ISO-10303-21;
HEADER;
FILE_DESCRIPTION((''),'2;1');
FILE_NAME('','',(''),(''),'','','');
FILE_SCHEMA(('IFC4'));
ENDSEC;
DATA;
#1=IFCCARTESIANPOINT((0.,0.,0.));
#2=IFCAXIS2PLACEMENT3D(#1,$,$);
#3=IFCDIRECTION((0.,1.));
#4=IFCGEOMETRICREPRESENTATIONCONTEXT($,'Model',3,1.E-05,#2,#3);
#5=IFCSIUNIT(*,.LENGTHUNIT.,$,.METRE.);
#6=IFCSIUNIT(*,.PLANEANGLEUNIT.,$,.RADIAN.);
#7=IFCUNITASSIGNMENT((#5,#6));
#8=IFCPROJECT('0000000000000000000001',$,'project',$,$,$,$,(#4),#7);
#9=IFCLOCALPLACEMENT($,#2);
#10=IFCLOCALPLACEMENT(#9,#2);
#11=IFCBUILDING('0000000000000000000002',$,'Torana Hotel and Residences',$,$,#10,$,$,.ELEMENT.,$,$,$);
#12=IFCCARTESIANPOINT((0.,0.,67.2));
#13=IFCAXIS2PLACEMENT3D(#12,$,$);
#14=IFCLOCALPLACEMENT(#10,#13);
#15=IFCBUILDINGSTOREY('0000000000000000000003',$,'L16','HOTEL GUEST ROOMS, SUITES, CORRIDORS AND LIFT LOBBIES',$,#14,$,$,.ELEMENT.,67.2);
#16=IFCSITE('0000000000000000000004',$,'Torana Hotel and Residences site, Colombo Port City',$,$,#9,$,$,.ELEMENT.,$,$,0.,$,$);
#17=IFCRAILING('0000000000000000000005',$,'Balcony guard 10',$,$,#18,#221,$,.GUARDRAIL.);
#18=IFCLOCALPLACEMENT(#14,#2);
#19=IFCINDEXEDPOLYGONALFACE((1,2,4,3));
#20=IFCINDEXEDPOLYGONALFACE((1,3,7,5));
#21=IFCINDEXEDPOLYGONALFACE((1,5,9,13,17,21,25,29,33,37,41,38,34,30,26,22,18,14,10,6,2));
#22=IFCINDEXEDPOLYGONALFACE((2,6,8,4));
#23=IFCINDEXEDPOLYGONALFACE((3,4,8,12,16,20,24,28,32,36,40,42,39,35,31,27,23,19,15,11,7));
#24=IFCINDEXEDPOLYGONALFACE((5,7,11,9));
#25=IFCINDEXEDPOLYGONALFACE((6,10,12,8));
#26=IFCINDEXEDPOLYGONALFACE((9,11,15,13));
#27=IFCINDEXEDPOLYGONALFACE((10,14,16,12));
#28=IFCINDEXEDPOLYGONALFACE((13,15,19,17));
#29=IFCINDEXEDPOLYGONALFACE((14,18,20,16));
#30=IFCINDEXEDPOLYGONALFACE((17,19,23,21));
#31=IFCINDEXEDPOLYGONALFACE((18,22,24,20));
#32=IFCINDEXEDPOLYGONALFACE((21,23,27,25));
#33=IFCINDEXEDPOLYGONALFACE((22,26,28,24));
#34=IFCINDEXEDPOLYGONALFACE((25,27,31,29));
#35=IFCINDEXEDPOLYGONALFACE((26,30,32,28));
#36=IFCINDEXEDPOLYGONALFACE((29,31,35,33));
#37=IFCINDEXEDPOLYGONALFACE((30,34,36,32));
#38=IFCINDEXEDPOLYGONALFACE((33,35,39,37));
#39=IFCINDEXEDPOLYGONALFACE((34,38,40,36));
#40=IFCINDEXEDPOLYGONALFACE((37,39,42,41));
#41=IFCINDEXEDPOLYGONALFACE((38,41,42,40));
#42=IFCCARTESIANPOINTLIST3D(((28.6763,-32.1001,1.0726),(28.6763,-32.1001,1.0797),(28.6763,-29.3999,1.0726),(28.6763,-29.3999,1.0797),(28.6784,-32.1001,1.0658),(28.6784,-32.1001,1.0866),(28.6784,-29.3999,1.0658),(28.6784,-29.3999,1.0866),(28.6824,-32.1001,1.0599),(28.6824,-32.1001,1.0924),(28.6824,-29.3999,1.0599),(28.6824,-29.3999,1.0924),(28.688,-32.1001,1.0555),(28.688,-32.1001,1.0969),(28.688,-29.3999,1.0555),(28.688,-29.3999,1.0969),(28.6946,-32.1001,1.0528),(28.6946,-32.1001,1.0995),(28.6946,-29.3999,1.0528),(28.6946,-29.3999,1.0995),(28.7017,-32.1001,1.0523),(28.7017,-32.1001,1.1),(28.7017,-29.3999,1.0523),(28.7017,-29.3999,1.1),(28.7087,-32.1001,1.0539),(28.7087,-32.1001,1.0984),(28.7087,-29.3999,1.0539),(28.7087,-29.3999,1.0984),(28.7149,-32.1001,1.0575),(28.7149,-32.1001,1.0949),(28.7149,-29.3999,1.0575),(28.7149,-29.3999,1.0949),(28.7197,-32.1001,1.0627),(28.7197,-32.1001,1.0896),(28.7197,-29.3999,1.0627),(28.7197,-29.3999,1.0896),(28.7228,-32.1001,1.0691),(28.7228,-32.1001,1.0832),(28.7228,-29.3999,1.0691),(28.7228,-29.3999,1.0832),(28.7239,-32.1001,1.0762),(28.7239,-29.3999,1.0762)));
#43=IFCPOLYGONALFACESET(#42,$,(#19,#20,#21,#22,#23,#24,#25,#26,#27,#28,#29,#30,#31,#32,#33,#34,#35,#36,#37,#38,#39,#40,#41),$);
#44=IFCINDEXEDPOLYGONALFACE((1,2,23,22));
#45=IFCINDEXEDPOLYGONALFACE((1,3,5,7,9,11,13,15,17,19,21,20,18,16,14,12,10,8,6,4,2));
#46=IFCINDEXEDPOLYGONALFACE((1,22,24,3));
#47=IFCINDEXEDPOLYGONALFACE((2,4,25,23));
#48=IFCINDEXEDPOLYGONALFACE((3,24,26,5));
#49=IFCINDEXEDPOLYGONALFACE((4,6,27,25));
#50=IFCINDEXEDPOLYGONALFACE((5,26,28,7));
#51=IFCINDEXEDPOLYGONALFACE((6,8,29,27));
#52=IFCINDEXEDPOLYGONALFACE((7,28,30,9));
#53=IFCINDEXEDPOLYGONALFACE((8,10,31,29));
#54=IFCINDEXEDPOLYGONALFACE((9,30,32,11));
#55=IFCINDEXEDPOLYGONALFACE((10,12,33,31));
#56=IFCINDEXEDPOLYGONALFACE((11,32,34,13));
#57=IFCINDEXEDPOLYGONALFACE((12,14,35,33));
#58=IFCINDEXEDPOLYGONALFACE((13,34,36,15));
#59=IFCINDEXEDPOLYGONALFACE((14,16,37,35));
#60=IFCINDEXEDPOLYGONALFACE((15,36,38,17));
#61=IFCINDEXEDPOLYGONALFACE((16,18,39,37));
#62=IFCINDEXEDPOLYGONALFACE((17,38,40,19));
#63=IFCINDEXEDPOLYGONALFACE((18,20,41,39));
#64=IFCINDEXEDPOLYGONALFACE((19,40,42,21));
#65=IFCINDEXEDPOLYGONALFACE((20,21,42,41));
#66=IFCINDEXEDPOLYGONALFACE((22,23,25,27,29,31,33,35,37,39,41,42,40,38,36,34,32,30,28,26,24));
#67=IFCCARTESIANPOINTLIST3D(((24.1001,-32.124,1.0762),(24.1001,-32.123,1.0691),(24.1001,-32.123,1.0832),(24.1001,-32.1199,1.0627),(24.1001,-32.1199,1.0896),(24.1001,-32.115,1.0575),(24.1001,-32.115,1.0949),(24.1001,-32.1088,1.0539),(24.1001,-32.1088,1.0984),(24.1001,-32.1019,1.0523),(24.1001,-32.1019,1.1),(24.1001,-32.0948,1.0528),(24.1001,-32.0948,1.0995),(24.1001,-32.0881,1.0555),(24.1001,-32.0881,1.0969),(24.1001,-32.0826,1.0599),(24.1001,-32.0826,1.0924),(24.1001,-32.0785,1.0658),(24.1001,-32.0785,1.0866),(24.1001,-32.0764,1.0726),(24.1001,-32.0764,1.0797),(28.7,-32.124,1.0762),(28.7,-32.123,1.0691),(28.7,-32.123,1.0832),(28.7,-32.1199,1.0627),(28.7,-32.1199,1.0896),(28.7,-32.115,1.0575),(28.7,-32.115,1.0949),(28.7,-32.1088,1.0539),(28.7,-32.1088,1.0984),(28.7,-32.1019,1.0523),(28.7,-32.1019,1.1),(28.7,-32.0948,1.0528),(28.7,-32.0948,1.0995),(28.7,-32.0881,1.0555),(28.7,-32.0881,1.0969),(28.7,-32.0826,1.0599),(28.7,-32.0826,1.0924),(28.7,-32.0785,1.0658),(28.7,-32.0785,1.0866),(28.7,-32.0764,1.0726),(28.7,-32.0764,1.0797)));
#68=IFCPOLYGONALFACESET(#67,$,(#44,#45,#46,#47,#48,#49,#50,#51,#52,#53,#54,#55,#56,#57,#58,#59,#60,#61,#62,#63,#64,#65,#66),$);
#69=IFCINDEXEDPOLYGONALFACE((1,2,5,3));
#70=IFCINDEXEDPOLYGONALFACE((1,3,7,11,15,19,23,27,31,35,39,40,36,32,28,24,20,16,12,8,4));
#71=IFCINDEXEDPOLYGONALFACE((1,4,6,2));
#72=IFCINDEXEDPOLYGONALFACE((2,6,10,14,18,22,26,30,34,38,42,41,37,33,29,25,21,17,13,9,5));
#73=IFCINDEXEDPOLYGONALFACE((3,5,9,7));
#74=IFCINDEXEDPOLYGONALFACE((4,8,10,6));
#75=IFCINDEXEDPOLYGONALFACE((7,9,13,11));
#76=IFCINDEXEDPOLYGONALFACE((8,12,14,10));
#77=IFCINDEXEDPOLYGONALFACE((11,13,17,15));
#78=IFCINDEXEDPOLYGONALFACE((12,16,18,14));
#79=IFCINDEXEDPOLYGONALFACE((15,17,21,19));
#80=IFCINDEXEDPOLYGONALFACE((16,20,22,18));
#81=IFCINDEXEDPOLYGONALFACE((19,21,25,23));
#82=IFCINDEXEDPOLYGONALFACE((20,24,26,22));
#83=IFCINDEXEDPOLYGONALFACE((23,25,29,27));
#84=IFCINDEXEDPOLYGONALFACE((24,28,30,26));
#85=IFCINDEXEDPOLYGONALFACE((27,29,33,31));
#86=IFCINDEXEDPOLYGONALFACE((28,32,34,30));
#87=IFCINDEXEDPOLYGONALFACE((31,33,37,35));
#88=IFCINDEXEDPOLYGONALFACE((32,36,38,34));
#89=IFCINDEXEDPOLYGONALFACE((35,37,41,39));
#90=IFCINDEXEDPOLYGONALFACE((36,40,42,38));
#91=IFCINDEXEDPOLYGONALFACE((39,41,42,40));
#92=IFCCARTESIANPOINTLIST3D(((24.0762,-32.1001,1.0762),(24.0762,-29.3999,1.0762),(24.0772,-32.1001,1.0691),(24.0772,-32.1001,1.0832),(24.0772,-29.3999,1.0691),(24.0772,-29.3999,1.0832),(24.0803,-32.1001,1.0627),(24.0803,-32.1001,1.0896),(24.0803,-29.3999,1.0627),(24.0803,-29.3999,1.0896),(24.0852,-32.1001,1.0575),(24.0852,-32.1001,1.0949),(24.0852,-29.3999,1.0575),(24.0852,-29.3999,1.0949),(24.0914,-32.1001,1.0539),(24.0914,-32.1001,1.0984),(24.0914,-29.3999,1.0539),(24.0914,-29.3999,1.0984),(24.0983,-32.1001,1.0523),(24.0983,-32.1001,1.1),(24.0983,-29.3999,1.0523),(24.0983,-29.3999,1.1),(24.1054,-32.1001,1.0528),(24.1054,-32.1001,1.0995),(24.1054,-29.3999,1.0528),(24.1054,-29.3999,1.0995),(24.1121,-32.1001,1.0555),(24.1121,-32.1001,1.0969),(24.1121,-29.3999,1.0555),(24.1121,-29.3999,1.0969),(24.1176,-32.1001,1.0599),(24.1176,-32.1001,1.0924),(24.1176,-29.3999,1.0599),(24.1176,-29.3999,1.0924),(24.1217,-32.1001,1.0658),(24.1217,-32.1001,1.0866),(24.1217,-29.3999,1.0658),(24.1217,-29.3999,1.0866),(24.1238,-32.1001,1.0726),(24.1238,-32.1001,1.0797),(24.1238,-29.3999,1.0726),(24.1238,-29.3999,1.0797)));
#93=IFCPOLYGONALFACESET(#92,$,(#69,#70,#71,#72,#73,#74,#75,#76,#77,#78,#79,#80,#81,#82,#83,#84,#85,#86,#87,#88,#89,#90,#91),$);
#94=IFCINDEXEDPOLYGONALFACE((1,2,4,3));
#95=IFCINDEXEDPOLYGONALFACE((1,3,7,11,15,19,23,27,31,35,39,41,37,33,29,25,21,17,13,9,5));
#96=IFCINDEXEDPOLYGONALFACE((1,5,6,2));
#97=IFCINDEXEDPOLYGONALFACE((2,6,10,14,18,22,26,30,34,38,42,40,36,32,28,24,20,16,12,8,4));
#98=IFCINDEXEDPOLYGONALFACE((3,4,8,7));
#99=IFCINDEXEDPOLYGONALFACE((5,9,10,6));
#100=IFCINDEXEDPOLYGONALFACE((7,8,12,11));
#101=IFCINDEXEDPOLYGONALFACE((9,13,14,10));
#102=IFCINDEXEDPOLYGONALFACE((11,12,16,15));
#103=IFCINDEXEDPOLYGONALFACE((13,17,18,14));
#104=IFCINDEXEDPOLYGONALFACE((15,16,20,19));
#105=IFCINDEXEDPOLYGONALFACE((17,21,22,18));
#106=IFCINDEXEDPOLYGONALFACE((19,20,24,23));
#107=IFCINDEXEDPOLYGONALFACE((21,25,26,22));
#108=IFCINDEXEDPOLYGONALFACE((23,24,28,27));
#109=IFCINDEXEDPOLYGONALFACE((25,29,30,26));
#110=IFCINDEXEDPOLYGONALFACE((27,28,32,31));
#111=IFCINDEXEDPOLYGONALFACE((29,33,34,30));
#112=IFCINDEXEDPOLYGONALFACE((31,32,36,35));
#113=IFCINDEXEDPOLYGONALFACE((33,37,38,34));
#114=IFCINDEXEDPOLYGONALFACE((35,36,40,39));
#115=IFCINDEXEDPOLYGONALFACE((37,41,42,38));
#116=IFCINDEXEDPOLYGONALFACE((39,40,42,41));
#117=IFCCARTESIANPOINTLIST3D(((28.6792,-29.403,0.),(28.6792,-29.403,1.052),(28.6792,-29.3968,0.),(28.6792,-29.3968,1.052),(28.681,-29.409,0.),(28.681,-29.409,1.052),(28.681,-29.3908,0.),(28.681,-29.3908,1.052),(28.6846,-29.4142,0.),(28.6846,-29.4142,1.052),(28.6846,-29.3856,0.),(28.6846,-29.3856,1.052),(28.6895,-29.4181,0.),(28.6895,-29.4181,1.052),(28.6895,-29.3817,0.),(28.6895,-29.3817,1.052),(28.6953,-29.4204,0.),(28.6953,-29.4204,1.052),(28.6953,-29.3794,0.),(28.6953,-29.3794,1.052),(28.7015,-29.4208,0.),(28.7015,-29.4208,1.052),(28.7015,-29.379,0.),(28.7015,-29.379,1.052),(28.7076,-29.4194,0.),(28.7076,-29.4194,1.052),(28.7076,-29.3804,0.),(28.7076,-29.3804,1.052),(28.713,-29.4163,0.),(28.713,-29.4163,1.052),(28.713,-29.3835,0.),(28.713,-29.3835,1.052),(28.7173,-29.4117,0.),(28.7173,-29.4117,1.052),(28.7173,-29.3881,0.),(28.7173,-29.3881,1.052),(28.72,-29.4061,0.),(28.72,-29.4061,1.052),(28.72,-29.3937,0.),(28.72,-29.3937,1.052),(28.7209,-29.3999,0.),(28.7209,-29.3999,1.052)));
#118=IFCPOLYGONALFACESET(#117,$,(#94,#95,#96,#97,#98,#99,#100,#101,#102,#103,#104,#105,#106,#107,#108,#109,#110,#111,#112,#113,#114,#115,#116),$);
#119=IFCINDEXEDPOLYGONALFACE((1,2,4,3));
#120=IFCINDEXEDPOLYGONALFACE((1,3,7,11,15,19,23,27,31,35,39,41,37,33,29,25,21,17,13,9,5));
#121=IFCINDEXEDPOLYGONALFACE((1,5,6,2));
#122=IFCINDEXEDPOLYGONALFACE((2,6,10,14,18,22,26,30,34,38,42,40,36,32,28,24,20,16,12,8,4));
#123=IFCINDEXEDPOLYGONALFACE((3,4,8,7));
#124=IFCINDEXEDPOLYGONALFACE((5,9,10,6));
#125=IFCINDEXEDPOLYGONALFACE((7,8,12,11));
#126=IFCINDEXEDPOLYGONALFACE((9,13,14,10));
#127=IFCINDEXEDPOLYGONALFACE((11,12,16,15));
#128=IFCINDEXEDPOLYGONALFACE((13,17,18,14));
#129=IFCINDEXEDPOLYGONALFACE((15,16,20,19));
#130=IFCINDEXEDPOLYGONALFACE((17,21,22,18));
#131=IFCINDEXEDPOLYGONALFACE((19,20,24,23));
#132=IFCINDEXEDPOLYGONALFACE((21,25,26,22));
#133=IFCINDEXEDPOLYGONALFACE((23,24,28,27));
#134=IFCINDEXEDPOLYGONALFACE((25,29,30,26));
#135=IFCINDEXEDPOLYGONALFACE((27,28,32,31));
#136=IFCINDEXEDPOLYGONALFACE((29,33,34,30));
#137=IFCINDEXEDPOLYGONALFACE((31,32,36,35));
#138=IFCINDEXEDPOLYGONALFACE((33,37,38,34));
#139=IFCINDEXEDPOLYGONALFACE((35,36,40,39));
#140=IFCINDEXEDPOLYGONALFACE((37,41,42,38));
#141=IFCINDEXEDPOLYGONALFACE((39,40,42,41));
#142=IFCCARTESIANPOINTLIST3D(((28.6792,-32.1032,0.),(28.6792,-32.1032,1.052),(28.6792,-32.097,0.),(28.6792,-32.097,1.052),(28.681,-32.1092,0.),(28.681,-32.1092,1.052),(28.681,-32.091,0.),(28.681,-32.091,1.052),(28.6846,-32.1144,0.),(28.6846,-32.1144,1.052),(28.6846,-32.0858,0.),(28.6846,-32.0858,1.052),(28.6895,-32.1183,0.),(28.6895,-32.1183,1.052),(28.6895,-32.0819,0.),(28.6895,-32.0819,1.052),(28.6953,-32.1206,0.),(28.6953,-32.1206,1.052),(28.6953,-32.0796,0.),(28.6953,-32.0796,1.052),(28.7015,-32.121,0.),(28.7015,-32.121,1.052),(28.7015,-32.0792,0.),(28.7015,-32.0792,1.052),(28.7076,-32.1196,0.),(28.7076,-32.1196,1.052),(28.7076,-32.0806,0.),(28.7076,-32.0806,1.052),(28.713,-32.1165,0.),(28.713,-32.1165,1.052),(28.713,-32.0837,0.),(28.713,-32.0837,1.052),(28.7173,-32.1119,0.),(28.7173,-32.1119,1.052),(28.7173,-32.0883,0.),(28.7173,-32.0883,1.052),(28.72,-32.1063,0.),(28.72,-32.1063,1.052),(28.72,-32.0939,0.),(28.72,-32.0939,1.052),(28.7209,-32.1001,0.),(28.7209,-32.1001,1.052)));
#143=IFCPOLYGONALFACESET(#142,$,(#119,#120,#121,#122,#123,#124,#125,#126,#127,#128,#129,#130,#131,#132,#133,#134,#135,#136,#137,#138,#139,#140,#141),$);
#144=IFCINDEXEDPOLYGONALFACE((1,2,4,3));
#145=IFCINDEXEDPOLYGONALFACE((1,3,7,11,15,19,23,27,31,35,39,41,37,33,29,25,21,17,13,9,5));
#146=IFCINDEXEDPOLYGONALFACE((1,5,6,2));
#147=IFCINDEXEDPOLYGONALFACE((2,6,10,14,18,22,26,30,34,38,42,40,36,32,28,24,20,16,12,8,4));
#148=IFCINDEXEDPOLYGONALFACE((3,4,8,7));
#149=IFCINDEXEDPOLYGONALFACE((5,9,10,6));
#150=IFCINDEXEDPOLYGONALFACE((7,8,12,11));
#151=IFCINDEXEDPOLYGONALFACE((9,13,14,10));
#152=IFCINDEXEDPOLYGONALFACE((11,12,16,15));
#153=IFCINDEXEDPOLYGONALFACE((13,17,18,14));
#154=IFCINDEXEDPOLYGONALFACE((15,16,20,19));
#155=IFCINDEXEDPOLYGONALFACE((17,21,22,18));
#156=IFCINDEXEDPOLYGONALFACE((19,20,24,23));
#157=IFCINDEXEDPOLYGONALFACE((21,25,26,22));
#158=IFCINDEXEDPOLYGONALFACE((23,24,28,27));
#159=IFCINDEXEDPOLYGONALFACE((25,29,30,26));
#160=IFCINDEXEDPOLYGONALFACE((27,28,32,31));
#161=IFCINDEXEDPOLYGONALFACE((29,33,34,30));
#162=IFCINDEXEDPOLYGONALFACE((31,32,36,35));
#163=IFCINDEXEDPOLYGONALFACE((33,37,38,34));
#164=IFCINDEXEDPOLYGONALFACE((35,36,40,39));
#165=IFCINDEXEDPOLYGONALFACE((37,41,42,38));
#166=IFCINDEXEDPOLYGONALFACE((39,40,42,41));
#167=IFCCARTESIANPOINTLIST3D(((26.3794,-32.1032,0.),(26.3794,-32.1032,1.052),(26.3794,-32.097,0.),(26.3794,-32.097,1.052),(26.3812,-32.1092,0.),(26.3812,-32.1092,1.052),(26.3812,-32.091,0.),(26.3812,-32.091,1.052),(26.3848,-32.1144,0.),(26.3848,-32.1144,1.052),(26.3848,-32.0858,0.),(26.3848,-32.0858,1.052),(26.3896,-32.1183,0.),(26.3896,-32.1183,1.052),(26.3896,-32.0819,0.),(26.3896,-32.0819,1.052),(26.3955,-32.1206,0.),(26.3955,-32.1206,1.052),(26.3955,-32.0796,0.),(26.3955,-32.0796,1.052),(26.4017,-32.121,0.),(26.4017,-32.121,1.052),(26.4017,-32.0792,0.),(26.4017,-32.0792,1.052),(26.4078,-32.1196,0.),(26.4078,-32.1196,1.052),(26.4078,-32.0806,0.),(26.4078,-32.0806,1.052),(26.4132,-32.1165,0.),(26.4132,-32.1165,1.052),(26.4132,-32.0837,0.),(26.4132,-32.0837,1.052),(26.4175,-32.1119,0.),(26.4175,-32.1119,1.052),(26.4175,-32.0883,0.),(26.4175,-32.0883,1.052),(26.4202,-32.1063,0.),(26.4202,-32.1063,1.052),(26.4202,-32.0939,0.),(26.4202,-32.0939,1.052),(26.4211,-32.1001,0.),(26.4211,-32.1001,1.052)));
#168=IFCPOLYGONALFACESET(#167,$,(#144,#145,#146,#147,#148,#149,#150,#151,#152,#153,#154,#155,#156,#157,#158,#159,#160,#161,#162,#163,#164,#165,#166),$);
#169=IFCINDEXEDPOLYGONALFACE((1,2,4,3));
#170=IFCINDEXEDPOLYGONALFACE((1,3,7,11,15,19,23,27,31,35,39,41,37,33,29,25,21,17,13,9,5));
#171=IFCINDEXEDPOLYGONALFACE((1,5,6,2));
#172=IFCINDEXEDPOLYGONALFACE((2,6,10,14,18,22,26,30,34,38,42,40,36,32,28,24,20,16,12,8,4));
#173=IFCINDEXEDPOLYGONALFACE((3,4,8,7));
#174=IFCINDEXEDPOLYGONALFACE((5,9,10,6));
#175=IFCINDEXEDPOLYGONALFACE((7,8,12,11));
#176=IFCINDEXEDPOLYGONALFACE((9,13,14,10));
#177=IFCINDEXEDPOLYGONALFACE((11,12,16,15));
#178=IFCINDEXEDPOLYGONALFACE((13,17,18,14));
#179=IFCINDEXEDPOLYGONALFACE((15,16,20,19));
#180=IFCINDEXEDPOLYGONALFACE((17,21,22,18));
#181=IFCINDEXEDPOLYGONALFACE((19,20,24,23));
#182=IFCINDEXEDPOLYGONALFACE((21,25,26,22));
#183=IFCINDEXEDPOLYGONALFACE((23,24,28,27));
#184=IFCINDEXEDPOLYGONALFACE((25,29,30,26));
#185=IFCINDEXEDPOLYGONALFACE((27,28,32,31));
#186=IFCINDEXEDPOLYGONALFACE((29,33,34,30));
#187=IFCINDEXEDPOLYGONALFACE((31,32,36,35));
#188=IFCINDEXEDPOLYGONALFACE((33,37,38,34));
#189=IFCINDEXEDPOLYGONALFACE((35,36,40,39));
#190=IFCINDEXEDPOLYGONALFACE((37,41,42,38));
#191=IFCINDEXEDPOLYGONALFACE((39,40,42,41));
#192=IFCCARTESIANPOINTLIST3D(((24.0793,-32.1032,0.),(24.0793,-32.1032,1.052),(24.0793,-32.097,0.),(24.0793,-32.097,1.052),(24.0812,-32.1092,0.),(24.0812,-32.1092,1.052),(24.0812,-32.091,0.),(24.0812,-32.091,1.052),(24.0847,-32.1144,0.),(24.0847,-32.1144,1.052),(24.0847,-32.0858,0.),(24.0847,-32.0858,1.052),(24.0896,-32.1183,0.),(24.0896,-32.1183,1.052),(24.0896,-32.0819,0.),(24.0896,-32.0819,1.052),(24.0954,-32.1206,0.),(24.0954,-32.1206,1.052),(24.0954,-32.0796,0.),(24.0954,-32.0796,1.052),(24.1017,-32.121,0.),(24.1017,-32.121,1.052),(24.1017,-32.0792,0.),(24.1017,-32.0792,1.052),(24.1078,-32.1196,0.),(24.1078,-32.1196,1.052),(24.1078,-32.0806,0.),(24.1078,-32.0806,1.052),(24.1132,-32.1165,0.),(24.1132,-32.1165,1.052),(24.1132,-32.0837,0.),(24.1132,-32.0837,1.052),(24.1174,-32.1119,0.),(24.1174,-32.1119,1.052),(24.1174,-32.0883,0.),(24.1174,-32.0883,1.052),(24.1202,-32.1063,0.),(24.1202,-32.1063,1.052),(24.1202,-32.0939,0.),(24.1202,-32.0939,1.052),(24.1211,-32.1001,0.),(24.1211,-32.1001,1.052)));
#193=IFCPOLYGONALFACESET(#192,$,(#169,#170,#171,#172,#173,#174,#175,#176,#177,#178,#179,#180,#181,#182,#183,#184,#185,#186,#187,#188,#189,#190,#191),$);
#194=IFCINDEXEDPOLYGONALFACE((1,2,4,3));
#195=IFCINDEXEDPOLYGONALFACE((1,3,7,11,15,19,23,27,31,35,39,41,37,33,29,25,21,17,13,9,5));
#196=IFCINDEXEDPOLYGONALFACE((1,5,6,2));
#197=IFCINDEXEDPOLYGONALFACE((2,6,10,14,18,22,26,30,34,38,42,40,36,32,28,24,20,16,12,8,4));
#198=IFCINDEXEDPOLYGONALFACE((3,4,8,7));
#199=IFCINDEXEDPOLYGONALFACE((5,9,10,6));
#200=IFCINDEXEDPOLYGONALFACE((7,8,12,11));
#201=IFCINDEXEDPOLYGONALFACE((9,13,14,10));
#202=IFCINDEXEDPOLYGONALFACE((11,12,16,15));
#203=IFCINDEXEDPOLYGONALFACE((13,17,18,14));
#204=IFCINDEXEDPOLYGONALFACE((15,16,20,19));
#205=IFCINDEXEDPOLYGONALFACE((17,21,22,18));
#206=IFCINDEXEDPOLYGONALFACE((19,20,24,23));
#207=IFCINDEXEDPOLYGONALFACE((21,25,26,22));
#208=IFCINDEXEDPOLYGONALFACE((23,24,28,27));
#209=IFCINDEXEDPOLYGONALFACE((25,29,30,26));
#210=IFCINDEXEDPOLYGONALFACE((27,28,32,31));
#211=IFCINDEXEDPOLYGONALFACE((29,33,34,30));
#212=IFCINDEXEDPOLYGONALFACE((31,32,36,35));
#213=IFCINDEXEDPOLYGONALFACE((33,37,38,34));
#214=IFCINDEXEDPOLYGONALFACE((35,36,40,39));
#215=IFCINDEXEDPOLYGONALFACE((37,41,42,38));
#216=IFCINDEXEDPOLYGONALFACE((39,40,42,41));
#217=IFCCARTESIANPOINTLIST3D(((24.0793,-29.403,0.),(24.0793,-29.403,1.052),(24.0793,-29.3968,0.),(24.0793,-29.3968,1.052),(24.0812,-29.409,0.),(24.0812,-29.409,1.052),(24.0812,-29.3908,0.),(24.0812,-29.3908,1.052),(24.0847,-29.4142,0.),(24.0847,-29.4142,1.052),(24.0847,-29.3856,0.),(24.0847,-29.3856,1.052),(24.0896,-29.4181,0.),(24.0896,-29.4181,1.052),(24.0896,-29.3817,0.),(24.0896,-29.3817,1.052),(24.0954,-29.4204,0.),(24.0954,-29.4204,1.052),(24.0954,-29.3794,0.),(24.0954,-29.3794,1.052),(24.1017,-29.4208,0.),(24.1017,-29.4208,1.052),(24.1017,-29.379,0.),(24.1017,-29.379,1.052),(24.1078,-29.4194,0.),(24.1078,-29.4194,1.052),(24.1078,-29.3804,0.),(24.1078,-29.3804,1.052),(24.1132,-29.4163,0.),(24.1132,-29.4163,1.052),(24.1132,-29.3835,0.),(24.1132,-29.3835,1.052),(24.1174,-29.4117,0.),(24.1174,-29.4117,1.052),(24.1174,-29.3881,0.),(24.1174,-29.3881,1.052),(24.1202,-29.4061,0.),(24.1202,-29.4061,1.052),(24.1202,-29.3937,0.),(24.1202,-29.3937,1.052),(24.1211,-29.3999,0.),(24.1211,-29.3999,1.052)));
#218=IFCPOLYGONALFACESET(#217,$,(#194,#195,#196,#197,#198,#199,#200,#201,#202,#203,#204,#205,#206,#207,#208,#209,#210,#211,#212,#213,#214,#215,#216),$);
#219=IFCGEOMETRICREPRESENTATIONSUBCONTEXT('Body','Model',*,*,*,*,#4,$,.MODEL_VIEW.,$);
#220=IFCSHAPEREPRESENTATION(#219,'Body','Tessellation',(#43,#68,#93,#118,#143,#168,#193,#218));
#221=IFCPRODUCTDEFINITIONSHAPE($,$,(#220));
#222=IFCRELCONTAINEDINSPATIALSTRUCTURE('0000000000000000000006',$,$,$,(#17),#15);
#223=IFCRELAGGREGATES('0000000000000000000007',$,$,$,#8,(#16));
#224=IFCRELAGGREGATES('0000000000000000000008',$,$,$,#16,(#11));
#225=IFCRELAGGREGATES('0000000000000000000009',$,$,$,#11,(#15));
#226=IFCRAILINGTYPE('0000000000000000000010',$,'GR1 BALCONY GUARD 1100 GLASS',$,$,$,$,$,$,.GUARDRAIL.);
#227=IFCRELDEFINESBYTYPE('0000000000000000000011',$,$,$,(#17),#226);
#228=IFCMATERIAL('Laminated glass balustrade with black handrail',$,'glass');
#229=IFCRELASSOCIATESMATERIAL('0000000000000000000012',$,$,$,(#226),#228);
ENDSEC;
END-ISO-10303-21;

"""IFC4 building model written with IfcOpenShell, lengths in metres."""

from ifc_helpers import new_model, si_unit, direction, frame, origin, origin_2d, place, context, subcontext, project, spatial, circle, extrude, material, type_object, element, save


model = new_model("IFC4")

# Units and contexts
model_context = context("Model", 3, precision=1e-05, world=origin(), true_north=direction((0.0, 1.0)))
body_context = subcontext(model_context, "Body", "Model", "MODEL_VIEW")
ifc_project = project(units=[si_unit("LENGTHUNIT", "METRE"), si_unit("PLANEANGLEUNIT", "RADIAN")], contexts=[model_context])

# Site, building, storey
site_placement = place(None, origin())
site = spatial("IfcSite", under=ifc_project, at=site_placement, Name="Torana Hotel and Residences site, Colombo Port City", CompositionType="ELEMENT", RefElevation=0.0)
building_placement = place(site_placement, origin())
building = spatial("IfcBuilding", under=site, at=building_placement, Name="Torana Hotel and Residences", CompositionType="ELEMENT")
storey_placement = place(building_placement, frame((0.0, 0.0, 67.2)))
storey = spatial("IfcBuildingStorey", under=building, at=storey_placement, Name="L16", Description="HOTEL GUEST ROOMS, SUITES, CORRIDORS AND LIFT LOBBIES", CompositionType="ELEMENT", Elevation=67.2)

# Railing
ifc_material_1 = material(Name="Laminated glass balustrade with black handrail", Category="glass")
railing_type = type_object("IfcRailingType", Name="GR1 BALCONY GUARD 1100 GLASS", PredefinedType="GUARDRAIL", material=ifc_material_1)
railing_1_placement = place(storey_placement, frame((28.7, -29.3999, 0.0)))
element("IfcRailing", 1, at=railing_1_placement, inside=storey, type_object=railing_type, Name="Balcony guard 10", PredefinedType="GUARDRAIL", context=body_context, shape_type="SweptSolid", body=[
    extrude(circle(Radius=0.0239, at=origin_2d()), frame((0.0, 0.0, 1.0762), z_axis=(0.0, -1.0, 0.0), x_axis=(1.0, 0.0, 0.0)), (0.0, 0.0, 1.0), 2.7002),
    extrude(circle(Radius=0.0239, at=origin_2d()), frame((0.0, -2.7002, 1.0762), z_axis=(-1.0, 0.0, 0.0), x_axis=(0.0, -1.0, 0.0)), (0.0, 0.0, 1.0), 4.5999),
    extrude(circle(Radius=0.0239, at=origin_2d()), frame((-4.5999, -2.7002, 1.0762), z_axis=(0.0, 1.0, 0.0), x_axis=(-1.0, 0.0, 0.0)), (0.0, 0.0, 1.0), 2.7002),
    extrude(circle(Radius=0.021, at=origin_2d()), origin(), (0.0, 0.0, 1.0), 1.052),
    extrude(circle(Radius=0.021, at=origin_2d()), frame((0.0, -2.7002, 0.0)), (0.0, 0.0, 1.0), 1.052),
    extrude(circle(Radius=0.021, at=origin_2d()), frame((-2.2998, -2.7002, 0.0)), (0.0, 0.0, 1.0), 1.052),
    extrude(circle(Radius=0.021, at=origin_2d()), frame((-4.5999, -2.7002, 0.0)), (0.0, 0.0, 1.0), 1.052),
    extrude(circle(Radius=0.021, at=origin_2d()), frame((-4.5999, 0.0, 0.0)), (0.0, 0.0, 1.0), 1.052),
])

save(model, "model.ifc")
